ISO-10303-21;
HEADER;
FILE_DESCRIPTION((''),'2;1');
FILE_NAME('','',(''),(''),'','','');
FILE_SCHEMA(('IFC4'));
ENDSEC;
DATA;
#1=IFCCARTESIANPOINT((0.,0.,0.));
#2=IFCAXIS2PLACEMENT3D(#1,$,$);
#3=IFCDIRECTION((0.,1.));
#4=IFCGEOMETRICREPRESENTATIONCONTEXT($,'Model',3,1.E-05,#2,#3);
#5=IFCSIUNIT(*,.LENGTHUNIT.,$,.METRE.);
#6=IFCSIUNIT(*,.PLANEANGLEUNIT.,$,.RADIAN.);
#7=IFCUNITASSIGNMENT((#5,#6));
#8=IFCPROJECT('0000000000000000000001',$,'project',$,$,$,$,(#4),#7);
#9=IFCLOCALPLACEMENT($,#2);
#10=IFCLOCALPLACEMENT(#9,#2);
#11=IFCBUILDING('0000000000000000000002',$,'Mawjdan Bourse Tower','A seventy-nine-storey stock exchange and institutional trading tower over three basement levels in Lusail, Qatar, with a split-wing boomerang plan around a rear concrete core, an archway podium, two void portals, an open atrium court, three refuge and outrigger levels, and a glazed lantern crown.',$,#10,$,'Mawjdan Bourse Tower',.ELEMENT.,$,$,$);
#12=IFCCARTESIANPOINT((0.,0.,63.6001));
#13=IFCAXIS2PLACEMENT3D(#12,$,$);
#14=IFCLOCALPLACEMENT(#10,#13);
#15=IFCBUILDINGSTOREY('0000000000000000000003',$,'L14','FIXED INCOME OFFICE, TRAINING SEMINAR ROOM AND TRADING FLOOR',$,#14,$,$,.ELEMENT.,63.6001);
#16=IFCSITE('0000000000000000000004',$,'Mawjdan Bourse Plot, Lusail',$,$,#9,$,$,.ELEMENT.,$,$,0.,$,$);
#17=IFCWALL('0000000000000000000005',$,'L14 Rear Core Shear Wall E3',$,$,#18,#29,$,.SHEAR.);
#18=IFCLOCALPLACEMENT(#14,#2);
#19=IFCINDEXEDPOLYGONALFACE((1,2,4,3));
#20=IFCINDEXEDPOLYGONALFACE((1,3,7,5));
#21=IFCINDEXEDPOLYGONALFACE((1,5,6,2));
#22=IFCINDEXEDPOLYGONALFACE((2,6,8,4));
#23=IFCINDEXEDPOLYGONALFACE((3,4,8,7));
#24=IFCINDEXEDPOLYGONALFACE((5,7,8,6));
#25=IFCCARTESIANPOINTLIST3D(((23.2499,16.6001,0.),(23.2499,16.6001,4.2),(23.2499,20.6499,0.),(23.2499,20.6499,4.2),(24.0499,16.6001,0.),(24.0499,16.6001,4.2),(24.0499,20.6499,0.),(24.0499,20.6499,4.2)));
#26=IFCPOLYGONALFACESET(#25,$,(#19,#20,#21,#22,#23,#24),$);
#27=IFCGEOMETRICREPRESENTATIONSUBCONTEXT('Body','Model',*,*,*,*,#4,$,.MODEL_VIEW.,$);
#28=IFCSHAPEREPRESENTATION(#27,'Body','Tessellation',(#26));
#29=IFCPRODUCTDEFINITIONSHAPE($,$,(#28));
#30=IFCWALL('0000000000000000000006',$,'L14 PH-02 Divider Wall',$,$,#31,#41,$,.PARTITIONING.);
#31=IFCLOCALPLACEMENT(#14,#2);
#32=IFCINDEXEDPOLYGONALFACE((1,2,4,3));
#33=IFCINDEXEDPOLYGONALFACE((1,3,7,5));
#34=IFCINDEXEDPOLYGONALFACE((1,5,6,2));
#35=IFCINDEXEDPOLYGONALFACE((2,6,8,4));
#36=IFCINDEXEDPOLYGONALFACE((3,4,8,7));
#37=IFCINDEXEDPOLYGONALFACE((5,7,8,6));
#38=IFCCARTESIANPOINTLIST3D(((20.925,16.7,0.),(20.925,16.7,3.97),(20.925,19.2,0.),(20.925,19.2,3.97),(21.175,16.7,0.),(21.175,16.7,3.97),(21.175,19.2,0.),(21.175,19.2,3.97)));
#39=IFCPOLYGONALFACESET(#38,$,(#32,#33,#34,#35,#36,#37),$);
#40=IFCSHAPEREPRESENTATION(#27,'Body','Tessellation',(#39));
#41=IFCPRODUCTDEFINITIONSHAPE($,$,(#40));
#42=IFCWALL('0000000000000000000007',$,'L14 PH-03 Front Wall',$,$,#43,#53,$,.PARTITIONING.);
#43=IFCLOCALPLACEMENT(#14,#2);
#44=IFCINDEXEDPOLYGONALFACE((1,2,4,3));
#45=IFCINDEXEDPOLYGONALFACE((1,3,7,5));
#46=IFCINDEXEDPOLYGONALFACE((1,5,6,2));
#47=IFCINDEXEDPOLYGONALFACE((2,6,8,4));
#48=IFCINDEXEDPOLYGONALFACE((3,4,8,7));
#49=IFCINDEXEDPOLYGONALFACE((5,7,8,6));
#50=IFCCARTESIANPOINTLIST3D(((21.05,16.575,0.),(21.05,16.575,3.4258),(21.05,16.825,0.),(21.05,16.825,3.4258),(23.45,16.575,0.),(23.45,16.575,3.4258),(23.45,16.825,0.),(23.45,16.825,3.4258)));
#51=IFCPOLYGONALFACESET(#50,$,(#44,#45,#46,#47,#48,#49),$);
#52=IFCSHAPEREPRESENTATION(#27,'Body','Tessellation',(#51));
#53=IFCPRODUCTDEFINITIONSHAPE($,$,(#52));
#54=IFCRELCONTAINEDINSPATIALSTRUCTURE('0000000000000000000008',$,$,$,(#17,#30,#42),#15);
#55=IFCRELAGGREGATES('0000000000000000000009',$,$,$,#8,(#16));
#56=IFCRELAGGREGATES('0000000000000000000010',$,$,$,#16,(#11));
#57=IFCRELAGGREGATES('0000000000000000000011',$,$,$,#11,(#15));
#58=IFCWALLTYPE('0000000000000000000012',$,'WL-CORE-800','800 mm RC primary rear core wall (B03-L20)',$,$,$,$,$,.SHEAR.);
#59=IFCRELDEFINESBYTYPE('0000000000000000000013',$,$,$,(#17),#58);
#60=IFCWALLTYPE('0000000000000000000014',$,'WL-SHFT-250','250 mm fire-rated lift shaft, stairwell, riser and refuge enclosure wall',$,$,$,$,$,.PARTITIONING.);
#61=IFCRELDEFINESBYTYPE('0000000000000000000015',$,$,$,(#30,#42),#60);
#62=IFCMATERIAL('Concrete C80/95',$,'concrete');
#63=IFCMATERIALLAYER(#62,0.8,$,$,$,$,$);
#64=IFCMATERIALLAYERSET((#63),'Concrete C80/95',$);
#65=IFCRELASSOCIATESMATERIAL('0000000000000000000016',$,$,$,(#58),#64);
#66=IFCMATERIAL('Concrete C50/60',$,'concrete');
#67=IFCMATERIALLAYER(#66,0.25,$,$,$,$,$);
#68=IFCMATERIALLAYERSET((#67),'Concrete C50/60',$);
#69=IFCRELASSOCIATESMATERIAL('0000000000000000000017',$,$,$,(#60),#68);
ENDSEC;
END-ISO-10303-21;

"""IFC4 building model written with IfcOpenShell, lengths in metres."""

from ifc_helpers import new_model, si_unit, direction, frame, frame_2d, origin, place, context, subcontext, project, spatial, rectangle, extrude, material, layer, layer_set, type_object, element, save


model = new_model("IFC4")

# Units and contexts
model_context = context("Model", 3, precision=1e-05, world=origin(), true_north=direction((0.0, 1.0)))
body_context = subcontext(model_context, "Body", "Model", "MODEL_VIEW")
ifc_project = project(units=[si_unit("LENGTHUNIT", "METRE"), si_unit("PLANEANGLEUNIT", "RADIAN")], contexts=[model_context])

# Site, building, storey
site_placement = place(None, origin())
site = spatial("IfcSite", under=ifc_project, at=site_placement, Name="Mawjdan Bourse Plot, Lusail", CompositionType="ELEMENT", RefElevation=0.0)
building_placement = place(site_placement, origin())
building = spatial("IfcBuilding", under=site, at=building_placement, Name="Mawjdan Bourse Tower", Description="A seventy-nine-storey stock exchange and institutional trading tower over three basement levels in Lusail, Qatar, with a split-wing boomerang plan around a rear concrete core, an archway podium, two void portals, an open atrium court, three refuge and outrigger levels, and a glazed lantern crown.", LongName="Mawjdan Bourse Tower", CompositionType="ELEMENT")
storey_placement = place(building_placement, frame((0.0, 0.0, 63.6001)))
storey = spatial("IfcBuildingStorey", under=building, at=storey_placement, Name="L14", Description="FIXED INCOME OFFICE, TRAINING SEMINAR ROOM AND TRADING FLOOR", CompositionType="ELEMENT", Elevation=63.6001)

# Shared definitions
ifc_material_1 = material(Name="Concrete C80/95", Category="concrete")

# Walls
ifc_layer_1 = layer(ifc_material_1, 0.8)
ifc_layer_set_1 = layer_set([ifc_layer_1], Name="Concrete C80/95")
wall_type_1 = type_object("IfcWallType", Name="WL-CORE-800", Description="800 mm RC primary rear core wall (B03-L20)", PredefinedType="SHEAR", material=ifc_layer_set_1)
wall_1_placement = place(storey_placement, frame((23.6499, 16.6001, 0.0), z_axis=(0.0, 0.0, 1.0), x_axis=(0.0, 1.0, 0.0)))
element("IfcWall", 1, at=wall_1_placement, inside=storey, type_object=wall_type_1, Name="L14 Rear Core Shear Wall E3", PredefinedType="SHEAR", context=body_context, shape_type="SweptSolid", body=[
    extrude(rectangle(XDim=4.0498, YDim=0.8, at=frame_2d((2.0249, 0.0))), origin(), (0.0, 0.0, 1.0), 4.2),
])
ifc_material_2 = material(Name="Concrete C50/60", Category="concrete")
ifc_layer_2 = layer(ifc_material_2, 0.25)
ifc_layer_set_2 = layer_set([ifc_layer_2], Name="Concrete C50/60")
wall_type_2 = type_object("IfcWallType", Name="WL-SHFT-250", Description="250 mm fire-rated lift shaft, stairwell, riser and refuge enclosure wall", PredefinedType="PARTITIONING", material=ifc_layer_set_2)
wall_2_placement = place(storey_placement, frame((21.05, 16.7, 0.0), z_axis=(0.0, 0.0, 1.0), x_axis=(0.0, 1.0, 0.0)))
element("IfcWall", 2, at=wall_2_placement, inside=storey, type_object=wall_type_2, Name="L14 PH-02 Divider Wall", PredefinedType="PARTITIONING", context=body_context, shape_type="SweptSolid", body=[
    extrude(rectangle(XDim=2.5, YDim=0.25, at=frame_2d((1.25, 0.0))), origin(), (0.0, 0.0, 1.0), 3.97),
])
wall_3_placement = place(storey_placement, frame((21.05, 16.7, 0.0), z_axis=(0.0, 0.0, 1.0), x_axis=(1.0, 0.0, 0.0)))
element("IfcWall", 3, at=wall_3_placement, inside=storey, type_object=wall_type_2, Name="L14 PH-03 Front Wall", PredefinedType="PARTITIONING", context=body_context, shape_type="SweptSolid", body=[
    extrude(rectangle(XDim=2.3999, YDim=0.25, at=frame_2d((1.2, 0.0))), origin(), (0.0, 0.0, 1.0), 3.4258),
])

save(model, "model.ifc")
